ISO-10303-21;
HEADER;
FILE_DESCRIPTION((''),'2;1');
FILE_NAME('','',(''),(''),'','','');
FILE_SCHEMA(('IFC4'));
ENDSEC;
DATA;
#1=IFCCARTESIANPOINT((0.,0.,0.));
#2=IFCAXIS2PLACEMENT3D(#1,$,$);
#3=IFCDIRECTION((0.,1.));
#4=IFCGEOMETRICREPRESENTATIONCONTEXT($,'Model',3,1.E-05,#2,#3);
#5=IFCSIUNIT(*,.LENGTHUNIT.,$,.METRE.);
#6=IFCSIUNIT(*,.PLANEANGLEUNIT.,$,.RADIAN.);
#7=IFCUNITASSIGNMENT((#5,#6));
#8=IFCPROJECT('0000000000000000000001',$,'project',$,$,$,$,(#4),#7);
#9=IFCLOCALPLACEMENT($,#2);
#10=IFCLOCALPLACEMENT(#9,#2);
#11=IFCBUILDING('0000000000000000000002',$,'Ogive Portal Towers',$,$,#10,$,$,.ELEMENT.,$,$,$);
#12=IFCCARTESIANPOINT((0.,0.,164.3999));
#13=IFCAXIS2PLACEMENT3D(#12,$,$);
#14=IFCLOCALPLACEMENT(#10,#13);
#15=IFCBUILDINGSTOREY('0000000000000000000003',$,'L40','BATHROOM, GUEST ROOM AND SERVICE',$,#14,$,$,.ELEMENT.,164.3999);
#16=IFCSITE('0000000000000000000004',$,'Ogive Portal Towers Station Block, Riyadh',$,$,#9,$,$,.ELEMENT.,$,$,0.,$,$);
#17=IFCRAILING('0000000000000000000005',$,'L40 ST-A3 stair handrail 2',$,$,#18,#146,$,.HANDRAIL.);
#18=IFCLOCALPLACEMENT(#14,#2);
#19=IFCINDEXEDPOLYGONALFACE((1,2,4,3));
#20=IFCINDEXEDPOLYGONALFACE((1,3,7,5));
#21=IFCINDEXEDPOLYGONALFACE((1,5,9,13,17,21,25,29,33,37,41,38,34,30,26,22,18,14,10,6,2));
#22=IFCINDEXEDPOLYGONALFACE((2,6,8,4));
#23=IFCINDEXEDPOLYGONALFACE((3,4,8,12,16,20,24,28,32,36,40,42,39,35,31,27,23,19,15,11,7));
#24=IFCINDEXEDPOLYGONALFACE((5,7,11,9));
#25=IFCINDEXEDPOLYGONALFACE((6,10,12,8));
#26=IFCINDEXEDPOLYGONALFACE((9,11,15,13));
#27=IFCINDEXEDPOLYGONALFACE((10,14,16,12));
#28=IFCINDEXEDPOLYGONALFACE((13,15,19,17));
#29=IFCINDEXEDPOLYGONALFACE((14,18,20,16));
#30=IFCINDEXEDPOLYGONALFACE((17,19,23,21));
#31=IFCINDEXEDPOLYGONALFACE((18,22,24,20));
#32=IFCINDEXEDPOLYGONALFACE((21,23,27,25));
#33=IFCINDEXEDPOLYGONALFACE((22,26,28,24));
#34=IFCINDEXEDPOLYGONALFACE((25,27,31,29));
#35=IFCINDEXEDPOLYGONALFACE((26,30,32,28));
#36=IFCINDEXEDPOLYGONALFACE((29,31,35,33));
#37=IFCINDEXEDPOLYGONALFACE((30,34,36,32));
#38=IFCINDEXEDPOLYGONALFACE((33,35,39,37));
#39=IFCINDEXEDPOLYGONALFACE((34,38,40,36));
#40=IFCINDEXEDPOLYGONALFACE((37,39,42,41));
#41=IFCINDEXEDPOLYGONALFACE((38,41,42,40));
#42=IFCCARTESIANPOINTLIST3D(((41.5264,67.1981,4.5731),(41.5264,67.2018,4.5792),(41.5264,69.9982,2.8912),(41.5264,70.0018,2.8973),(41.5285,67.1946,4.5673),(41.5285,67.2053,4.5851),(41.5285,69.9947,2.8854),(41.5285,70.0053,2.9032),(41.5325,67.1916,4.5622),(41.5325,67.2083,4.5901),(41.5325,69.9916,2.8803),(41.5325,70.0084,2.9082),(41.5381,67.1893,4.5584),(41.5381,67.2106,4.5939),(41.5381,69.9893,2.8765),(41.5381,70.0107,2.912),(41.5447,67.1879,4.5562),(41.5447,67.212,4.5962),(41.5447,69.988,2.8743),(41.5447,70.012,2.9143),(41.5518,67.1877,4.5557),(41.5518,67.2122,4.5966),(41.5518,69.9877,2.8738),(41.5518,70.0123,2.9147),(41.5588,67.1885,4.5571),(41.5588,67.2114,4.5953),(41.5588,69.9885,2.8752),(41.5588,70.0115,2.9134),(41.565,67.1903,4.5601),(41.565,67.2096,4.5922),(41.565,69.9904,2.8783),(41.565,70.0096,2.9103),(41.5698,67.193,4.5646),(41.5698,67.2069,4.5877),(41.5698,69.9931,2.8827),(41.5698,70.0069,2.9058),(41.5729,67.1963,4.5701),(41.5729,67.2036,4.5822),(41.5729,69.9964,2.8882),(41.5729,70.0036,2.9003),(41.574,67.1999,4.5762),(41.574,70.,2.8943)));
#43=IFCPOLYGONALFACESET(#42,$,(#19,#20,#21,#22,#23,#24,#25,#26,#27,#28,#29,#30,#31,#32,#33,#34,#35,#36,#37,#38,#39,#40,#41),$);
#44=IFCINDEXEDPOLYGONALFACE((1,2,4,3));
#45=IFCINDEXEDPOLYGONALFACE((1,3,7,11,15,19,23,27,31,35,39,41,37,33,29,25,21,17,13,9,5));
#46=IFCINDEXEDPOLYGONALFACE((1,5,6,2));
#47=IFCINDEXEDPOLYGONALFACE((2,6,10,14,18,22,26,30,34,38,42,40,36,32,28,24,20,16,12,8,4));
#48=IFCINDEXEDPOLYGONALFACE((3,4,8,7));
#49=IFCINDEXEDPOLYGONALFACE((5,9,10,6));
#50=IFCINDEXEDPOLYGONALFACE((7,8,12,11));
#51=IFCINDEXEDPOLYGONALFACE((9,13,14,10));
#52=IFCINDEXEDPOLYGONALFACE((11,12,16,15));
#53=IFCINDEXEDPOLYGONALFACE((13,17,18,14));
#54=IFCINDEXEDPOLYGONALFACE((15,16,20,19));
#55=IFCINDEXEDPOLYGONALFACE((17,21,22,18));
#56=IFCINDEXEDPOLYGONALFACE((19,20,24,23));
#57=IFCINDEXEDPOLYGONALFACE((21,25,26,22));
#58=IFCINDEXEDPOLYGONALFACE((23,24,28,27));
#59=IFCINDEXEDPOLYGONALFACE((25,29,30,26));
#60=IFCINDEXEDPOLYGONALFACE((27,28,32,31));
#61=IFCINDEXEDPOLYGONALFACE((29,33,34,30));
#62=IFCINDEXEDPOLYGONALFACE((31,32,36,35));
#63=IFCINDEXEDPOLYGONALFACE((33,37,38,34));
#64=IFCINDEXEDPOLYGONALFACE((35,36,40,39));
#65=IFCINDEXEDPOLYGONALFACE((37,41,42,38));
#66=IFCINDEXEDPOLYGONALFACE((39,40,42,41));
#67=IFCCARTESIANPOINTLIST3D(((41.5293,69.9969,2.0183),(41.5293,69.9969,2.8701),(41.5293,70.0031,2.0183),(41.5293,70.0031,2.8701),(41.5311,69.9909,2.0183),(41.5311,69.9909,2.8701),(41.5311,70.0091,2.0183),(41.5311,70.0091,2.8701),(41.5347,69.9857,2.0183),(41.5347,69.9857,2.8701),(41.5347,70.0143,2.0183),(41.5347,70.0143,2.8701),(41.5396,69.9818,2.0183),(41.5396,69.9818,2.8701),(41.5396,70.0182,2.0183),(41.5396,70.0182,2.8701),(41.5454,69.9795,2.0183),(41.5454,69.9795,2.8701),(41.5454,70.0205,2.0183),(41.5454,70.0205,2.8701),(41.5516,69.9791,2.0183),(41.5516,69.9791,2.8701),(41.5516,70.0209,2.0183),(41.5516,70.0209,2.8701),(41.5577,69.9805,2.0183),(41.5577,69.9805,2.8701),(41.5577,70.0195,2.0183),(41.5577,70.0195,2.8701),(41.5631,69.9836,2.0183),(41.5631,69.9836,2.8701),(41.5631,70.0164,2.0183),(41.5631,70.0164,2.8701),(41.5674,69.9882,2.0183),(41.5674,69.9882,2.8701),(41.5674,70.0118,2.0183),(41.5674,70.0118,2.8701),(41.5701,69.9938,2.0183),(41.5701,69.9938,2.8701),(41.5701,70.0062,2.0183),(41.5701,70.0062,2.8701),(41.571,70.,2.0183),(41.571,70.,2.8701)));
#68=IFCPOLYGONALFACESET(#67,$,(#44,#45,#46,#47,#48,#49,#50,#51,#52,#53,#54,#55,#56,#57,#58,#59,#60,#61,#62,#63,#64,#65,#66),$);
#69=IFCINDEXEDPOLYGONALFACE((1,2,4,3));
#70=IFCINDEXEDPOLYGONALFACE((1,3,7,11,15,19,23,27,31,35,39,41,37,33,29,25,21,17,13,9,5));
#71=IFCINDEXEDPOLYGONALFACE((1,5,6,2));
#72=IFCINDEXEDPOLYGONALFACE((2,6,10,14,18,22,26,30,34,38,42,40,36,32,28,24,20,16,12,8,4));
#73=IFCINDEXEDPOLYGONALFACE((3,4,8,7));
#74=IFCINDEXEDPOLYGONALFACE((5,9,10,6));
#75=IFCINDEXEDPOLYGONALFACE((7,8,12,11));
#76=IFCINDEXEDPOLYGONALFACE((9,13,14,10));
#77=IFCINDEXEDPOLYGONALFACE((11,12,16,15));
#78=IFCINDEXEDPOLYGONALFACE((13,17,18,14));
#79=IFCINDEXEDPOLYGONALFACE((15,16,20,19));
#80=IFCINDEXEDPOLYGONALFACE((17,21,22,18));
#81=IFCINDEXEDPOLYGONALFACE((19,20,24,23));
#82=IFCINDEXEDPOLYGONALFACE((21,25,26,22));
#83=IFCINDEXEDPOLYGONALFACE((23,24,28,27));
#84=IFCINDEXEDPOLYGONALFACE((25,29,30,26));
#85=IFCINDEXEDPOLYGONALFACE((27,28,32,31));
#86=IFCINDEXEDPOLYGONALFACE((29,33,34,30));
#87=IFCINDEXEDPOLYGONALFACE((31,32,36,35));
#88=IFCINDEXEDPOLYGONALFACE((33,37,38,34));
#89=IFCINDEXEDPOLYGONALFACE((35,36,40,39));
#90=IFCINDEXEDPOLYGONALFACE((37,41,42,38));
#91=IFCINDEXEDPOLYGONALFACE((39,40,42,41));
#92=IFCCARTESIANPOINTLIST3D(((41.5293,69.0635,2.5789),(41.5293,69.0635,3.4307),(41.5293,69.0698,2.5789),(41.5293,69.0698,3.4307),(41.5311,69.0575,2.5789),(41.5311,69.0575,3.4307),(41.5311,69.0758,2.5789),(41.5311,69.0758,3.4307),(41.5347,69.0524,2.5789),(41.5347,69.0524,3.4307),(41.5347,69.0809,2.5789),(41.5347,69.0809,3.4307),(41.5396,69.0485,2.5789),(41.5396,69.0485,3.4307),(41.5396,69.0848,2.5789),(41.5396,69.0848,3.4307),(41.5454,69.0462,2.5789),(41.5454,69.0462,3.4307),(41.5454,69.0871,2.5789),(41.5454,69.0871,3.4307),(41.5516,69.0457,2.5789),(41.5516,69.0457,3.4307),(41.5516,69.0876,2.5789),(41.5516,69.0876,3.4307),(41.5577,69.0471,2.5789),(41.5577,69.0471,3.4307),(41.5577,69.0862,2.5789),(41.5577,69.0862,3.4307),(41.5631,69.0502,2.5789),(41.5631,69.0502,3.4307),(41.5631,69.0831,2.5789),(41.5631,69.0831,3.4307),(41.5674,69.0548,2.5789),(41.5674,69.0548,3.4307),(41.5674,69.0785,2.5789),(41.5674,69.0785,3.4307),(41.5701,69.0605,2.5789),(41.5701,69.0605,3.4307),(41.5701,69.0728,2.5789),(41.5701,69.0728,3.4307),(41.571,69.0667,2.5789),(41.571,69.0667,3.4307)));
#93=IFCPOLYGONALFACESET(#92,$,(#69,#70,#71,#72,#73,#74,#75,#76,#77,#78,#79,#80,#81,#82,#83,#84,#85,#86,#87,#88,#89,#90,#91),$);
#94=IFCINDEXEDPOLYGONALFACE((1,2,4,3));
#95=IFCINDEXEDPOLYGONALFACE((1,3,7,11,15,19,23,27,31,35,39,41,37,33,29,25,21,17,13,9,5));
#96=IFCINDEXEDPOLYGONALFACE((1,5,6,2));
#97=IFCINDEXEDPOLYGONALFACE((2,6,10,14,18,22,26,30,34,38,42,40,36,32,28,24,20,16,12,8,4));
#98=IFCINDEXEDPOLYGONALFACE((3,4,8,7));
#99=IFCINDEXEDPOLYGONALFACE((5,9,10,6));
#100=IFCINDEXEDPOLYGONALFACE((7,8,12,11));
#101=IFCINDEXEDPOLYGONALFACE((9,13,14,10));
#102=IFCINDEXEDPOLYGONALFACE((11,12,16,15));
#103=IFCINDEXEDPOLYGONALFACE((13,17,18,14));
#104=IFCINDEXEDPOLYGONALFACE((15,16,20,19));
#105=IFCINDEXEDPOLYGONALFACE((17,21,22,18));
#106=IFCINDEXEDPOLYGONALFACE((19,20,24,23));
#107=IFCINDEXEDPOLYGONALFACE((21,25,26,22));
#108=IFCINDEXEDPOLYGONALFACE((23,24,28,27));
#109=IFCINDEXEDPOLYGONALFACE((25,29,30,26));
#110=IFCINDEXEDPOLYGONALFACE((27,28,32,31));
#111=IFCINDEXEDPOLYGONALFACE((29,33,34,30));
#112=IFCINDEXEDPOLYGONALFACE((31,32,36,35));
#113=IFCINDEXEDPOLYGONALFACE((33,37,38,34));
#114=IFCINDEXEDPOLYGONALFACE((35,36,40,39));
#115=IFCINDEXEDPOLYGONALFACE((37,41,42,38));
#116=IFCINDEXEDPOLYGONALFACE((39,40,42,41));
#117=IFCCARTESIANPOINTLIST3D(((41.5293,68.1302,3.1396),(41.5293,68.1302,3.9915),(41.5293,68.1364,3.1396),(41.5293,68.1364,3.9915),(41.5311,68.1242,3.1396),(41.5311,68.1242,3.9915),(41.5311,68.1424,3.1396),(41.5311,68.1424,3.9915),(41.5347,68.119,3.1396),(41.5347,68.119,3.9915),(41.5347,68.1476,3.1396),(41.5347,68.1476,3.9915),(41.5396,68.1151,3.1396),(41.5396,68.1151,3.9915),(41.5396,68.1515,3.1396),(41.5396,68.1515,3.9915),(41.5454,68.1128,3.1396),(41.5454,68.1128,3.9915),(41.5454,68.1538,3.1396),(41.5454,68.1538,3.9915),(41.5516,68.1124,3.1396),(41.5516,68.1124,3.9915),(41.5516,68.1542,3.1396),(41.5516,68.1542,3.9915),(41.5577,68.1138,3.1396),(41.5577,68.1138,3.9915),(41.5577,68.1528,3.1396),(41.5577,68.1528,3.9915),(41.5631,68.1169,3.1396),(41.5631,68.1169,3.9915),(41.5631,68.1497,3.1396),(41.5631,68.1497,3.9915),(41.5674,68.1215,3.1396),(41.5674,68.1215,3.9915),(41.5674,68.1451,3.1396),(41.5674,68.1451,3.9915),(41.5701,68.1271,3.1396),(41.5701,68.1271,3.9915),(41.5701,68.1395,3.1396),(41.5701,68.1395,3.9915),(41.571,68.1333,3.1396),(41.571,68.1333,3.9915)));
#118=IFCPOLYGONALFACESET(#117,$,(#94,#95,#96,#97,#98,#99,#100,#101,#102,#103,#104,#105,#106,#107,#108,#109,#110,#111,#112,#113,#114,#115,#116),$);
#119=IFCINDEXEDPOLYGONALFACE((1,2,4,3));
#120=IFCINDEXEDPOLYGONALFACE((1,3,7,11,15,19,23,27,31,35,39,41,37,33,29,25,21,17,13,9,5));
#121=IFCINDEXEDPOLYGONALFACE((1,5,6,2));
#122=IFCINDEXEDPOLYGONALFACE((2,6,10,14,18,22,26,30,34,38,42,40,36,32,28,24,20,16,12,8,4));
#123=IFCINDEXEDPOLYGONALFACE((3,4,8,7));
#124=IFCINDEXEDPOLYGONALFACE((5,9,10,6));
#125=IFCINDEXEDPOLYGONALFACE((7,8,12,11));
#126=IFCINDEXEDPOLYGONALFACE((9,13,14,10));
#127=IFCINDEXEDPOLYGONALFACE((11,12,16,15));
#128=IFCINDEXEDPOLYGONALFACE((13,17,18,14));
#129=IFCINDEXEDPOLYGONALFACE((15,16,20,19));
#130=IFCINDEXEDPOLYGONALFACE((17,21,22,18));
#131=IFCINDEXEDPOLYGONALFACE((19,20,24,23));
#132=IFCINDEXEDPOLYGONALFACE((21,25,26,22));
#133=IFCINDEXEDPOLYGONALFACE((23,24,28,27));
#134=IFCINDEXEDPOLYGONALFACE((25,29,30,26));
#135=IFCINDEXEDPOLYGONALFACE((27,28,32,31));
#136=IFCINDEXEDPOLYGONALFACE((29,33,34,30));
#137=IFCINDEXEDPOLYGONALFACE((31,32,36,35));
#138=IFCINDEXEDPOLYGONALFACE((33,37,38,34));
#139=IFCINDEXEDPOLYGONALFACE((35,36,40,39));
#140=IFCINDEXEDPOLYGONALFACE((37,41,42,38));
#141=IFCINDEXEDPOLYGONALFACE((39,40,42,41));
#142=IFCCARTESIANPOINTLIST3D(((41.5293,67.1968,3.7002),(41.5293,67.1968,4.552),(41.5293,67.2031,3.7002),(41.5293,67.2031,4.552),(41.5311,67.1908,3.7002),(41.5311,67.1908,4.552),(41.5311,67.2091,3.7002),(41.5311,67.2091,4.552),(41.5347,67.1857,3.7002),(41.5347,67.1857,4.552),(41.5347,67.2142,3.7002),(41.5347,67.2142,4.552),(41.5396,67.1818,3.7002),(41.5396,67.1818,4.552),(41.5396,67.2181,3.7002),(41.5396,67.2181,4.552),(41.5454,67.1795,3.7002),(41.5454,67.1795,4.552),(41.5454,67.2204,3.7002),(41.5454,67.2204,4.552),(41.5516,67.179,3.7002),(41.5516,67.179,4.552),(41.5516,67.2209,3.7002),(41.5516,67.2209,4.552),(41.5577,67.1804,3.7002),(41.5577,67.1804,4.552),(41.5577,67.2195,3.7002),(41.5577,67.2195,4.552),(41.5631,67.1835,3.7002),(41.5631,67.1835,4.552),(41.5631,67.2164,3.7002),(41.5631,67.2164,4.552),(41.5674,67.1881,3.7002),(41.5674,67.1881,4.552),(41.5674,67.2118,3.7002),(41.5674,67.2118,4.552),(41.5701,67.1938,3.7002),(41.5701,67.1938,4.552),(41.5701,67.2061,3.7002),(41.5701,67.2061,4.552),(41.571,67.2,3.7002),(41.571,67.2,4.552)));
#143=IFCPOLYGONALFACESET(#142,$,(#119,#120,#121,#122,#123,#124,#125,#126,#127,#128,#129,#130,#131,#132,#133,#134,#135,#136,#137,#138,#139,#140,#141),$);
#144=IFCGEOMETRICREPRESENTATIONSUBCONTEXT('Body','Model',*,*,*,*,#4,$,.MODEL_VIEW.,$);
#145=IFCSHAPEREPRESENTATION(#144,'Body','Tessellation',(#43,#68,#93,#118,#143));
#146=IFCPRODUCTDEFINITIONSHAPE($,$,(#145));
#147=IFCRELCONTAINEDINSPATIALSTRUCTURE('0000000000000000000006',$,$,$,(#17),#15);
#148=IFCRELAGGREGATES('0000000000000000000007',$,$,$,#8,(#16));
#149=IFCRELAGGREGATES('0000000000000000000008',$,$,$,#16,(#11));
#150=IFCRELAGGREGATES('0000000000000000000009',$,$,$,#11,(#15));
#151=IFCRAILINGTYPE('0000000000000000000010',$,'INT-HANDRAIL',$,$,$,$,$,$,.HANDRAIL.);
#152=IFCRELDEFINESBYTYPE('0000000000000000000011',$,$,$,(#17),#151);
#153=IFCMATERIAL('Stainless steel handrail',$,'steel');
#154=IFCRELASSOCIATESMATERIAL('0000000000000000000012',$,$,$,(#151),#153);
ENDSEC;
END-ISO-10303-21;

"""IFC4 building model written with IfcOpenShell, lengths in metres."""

from ifc_helpers import new_model, si_unit, direction, frame, origin, origin_2d, place, context, subcontext, project, spatial, circle, extrude, material, type_object, element, save


model = new_model("IFC4")

# Units and contexts
model_context = context("Model", 3, precision=1e-05, world=origin(), true_north=direction((0.0, 1.0)))
body_context = subcontext(model_context, "Body", "Model", "MODEL_VIEW")
ifc_project = project(units=[si_unit("LENGTHUNIT", "METRE"), si_unit("PLANEANGLEUNIT", "RADIAN")], contexts=[model_context])

# Site, building, storey
site_placement = place(None, origin())
site = spatial("IfcSite", under=ifc_project, at=site_placement, Name="Ogive Portal Towers Station Block, Riyadh", CompositionType="ELEMENT", RefElevation=0.0)
building_placement = place(site_placement, origin())
building = spatial("IfcBuilding", under=site, at=building_placement, Name="Ogive Portal Towers", CompositionType="ELEMENT")
storey_placement = place(building_placement, frame((0.0, 0.0, 164.3999)))
storey = spatial("IfcBuildingStorey", under=building, at=storey_placement, Name="L40", Description="BATHROOM, GUEST ROOM AND SERVICE", CompositionType="ELEMENT", Elevation=164.3999)

# Railing
ifc_material_1 = material(Name="Stainless steel handrail", Category="steel")
railing_type_1 = type_object("IfcRailingType", Name="INT-HANDRAIL", PredefinedType="HANDRAIL", material=ifc_material_1)
railing_1_placement = place(storey_placement, frame((41.55, 70.0, 2.0183)))
element("IfcRailing", 1, at=railing_1_placement, inside=storey, type_object=railing_type_1, Name="L40 ST-A3 stair handrail 2", PredefinedType="HANDRAIL", context=body_context, shape_type="SweptSolid", body=[
    extrude(circle(Radius=0.0239, at=origin_2d()), frame((0.0, 0.0, 0.876), z_axis=(0.0, -0.857242, 0.514913), x_axis=(1.0, 0.0, 0.0)), (0.0, 0.0, 1.0), 3.2664),
    extrude(circle(Radius=0.021, at=origin_2d()), origin(), (0.0, 0.0, 1.0), 0.8518),
    extrude(circle(Radius=0.021, at=origin_2d()), frame((0.0, -0.9333, 0.5605)), (0.0, 0.0, 1.0), 0.8518),
    extrude(circle(Radius=0.021, at=origin_2d()), frame((0.0, -1.8667, 1.1213)), (0.0, 0.0, 1.0), 0.8518),
    extrude(circle(Radius=0.021, at=origin_2d()), frame((0.0, -2.8, 1.6819)), (0.0, 0.0, 1.0), 0.8518),
])

save(model, "model.ifc")
